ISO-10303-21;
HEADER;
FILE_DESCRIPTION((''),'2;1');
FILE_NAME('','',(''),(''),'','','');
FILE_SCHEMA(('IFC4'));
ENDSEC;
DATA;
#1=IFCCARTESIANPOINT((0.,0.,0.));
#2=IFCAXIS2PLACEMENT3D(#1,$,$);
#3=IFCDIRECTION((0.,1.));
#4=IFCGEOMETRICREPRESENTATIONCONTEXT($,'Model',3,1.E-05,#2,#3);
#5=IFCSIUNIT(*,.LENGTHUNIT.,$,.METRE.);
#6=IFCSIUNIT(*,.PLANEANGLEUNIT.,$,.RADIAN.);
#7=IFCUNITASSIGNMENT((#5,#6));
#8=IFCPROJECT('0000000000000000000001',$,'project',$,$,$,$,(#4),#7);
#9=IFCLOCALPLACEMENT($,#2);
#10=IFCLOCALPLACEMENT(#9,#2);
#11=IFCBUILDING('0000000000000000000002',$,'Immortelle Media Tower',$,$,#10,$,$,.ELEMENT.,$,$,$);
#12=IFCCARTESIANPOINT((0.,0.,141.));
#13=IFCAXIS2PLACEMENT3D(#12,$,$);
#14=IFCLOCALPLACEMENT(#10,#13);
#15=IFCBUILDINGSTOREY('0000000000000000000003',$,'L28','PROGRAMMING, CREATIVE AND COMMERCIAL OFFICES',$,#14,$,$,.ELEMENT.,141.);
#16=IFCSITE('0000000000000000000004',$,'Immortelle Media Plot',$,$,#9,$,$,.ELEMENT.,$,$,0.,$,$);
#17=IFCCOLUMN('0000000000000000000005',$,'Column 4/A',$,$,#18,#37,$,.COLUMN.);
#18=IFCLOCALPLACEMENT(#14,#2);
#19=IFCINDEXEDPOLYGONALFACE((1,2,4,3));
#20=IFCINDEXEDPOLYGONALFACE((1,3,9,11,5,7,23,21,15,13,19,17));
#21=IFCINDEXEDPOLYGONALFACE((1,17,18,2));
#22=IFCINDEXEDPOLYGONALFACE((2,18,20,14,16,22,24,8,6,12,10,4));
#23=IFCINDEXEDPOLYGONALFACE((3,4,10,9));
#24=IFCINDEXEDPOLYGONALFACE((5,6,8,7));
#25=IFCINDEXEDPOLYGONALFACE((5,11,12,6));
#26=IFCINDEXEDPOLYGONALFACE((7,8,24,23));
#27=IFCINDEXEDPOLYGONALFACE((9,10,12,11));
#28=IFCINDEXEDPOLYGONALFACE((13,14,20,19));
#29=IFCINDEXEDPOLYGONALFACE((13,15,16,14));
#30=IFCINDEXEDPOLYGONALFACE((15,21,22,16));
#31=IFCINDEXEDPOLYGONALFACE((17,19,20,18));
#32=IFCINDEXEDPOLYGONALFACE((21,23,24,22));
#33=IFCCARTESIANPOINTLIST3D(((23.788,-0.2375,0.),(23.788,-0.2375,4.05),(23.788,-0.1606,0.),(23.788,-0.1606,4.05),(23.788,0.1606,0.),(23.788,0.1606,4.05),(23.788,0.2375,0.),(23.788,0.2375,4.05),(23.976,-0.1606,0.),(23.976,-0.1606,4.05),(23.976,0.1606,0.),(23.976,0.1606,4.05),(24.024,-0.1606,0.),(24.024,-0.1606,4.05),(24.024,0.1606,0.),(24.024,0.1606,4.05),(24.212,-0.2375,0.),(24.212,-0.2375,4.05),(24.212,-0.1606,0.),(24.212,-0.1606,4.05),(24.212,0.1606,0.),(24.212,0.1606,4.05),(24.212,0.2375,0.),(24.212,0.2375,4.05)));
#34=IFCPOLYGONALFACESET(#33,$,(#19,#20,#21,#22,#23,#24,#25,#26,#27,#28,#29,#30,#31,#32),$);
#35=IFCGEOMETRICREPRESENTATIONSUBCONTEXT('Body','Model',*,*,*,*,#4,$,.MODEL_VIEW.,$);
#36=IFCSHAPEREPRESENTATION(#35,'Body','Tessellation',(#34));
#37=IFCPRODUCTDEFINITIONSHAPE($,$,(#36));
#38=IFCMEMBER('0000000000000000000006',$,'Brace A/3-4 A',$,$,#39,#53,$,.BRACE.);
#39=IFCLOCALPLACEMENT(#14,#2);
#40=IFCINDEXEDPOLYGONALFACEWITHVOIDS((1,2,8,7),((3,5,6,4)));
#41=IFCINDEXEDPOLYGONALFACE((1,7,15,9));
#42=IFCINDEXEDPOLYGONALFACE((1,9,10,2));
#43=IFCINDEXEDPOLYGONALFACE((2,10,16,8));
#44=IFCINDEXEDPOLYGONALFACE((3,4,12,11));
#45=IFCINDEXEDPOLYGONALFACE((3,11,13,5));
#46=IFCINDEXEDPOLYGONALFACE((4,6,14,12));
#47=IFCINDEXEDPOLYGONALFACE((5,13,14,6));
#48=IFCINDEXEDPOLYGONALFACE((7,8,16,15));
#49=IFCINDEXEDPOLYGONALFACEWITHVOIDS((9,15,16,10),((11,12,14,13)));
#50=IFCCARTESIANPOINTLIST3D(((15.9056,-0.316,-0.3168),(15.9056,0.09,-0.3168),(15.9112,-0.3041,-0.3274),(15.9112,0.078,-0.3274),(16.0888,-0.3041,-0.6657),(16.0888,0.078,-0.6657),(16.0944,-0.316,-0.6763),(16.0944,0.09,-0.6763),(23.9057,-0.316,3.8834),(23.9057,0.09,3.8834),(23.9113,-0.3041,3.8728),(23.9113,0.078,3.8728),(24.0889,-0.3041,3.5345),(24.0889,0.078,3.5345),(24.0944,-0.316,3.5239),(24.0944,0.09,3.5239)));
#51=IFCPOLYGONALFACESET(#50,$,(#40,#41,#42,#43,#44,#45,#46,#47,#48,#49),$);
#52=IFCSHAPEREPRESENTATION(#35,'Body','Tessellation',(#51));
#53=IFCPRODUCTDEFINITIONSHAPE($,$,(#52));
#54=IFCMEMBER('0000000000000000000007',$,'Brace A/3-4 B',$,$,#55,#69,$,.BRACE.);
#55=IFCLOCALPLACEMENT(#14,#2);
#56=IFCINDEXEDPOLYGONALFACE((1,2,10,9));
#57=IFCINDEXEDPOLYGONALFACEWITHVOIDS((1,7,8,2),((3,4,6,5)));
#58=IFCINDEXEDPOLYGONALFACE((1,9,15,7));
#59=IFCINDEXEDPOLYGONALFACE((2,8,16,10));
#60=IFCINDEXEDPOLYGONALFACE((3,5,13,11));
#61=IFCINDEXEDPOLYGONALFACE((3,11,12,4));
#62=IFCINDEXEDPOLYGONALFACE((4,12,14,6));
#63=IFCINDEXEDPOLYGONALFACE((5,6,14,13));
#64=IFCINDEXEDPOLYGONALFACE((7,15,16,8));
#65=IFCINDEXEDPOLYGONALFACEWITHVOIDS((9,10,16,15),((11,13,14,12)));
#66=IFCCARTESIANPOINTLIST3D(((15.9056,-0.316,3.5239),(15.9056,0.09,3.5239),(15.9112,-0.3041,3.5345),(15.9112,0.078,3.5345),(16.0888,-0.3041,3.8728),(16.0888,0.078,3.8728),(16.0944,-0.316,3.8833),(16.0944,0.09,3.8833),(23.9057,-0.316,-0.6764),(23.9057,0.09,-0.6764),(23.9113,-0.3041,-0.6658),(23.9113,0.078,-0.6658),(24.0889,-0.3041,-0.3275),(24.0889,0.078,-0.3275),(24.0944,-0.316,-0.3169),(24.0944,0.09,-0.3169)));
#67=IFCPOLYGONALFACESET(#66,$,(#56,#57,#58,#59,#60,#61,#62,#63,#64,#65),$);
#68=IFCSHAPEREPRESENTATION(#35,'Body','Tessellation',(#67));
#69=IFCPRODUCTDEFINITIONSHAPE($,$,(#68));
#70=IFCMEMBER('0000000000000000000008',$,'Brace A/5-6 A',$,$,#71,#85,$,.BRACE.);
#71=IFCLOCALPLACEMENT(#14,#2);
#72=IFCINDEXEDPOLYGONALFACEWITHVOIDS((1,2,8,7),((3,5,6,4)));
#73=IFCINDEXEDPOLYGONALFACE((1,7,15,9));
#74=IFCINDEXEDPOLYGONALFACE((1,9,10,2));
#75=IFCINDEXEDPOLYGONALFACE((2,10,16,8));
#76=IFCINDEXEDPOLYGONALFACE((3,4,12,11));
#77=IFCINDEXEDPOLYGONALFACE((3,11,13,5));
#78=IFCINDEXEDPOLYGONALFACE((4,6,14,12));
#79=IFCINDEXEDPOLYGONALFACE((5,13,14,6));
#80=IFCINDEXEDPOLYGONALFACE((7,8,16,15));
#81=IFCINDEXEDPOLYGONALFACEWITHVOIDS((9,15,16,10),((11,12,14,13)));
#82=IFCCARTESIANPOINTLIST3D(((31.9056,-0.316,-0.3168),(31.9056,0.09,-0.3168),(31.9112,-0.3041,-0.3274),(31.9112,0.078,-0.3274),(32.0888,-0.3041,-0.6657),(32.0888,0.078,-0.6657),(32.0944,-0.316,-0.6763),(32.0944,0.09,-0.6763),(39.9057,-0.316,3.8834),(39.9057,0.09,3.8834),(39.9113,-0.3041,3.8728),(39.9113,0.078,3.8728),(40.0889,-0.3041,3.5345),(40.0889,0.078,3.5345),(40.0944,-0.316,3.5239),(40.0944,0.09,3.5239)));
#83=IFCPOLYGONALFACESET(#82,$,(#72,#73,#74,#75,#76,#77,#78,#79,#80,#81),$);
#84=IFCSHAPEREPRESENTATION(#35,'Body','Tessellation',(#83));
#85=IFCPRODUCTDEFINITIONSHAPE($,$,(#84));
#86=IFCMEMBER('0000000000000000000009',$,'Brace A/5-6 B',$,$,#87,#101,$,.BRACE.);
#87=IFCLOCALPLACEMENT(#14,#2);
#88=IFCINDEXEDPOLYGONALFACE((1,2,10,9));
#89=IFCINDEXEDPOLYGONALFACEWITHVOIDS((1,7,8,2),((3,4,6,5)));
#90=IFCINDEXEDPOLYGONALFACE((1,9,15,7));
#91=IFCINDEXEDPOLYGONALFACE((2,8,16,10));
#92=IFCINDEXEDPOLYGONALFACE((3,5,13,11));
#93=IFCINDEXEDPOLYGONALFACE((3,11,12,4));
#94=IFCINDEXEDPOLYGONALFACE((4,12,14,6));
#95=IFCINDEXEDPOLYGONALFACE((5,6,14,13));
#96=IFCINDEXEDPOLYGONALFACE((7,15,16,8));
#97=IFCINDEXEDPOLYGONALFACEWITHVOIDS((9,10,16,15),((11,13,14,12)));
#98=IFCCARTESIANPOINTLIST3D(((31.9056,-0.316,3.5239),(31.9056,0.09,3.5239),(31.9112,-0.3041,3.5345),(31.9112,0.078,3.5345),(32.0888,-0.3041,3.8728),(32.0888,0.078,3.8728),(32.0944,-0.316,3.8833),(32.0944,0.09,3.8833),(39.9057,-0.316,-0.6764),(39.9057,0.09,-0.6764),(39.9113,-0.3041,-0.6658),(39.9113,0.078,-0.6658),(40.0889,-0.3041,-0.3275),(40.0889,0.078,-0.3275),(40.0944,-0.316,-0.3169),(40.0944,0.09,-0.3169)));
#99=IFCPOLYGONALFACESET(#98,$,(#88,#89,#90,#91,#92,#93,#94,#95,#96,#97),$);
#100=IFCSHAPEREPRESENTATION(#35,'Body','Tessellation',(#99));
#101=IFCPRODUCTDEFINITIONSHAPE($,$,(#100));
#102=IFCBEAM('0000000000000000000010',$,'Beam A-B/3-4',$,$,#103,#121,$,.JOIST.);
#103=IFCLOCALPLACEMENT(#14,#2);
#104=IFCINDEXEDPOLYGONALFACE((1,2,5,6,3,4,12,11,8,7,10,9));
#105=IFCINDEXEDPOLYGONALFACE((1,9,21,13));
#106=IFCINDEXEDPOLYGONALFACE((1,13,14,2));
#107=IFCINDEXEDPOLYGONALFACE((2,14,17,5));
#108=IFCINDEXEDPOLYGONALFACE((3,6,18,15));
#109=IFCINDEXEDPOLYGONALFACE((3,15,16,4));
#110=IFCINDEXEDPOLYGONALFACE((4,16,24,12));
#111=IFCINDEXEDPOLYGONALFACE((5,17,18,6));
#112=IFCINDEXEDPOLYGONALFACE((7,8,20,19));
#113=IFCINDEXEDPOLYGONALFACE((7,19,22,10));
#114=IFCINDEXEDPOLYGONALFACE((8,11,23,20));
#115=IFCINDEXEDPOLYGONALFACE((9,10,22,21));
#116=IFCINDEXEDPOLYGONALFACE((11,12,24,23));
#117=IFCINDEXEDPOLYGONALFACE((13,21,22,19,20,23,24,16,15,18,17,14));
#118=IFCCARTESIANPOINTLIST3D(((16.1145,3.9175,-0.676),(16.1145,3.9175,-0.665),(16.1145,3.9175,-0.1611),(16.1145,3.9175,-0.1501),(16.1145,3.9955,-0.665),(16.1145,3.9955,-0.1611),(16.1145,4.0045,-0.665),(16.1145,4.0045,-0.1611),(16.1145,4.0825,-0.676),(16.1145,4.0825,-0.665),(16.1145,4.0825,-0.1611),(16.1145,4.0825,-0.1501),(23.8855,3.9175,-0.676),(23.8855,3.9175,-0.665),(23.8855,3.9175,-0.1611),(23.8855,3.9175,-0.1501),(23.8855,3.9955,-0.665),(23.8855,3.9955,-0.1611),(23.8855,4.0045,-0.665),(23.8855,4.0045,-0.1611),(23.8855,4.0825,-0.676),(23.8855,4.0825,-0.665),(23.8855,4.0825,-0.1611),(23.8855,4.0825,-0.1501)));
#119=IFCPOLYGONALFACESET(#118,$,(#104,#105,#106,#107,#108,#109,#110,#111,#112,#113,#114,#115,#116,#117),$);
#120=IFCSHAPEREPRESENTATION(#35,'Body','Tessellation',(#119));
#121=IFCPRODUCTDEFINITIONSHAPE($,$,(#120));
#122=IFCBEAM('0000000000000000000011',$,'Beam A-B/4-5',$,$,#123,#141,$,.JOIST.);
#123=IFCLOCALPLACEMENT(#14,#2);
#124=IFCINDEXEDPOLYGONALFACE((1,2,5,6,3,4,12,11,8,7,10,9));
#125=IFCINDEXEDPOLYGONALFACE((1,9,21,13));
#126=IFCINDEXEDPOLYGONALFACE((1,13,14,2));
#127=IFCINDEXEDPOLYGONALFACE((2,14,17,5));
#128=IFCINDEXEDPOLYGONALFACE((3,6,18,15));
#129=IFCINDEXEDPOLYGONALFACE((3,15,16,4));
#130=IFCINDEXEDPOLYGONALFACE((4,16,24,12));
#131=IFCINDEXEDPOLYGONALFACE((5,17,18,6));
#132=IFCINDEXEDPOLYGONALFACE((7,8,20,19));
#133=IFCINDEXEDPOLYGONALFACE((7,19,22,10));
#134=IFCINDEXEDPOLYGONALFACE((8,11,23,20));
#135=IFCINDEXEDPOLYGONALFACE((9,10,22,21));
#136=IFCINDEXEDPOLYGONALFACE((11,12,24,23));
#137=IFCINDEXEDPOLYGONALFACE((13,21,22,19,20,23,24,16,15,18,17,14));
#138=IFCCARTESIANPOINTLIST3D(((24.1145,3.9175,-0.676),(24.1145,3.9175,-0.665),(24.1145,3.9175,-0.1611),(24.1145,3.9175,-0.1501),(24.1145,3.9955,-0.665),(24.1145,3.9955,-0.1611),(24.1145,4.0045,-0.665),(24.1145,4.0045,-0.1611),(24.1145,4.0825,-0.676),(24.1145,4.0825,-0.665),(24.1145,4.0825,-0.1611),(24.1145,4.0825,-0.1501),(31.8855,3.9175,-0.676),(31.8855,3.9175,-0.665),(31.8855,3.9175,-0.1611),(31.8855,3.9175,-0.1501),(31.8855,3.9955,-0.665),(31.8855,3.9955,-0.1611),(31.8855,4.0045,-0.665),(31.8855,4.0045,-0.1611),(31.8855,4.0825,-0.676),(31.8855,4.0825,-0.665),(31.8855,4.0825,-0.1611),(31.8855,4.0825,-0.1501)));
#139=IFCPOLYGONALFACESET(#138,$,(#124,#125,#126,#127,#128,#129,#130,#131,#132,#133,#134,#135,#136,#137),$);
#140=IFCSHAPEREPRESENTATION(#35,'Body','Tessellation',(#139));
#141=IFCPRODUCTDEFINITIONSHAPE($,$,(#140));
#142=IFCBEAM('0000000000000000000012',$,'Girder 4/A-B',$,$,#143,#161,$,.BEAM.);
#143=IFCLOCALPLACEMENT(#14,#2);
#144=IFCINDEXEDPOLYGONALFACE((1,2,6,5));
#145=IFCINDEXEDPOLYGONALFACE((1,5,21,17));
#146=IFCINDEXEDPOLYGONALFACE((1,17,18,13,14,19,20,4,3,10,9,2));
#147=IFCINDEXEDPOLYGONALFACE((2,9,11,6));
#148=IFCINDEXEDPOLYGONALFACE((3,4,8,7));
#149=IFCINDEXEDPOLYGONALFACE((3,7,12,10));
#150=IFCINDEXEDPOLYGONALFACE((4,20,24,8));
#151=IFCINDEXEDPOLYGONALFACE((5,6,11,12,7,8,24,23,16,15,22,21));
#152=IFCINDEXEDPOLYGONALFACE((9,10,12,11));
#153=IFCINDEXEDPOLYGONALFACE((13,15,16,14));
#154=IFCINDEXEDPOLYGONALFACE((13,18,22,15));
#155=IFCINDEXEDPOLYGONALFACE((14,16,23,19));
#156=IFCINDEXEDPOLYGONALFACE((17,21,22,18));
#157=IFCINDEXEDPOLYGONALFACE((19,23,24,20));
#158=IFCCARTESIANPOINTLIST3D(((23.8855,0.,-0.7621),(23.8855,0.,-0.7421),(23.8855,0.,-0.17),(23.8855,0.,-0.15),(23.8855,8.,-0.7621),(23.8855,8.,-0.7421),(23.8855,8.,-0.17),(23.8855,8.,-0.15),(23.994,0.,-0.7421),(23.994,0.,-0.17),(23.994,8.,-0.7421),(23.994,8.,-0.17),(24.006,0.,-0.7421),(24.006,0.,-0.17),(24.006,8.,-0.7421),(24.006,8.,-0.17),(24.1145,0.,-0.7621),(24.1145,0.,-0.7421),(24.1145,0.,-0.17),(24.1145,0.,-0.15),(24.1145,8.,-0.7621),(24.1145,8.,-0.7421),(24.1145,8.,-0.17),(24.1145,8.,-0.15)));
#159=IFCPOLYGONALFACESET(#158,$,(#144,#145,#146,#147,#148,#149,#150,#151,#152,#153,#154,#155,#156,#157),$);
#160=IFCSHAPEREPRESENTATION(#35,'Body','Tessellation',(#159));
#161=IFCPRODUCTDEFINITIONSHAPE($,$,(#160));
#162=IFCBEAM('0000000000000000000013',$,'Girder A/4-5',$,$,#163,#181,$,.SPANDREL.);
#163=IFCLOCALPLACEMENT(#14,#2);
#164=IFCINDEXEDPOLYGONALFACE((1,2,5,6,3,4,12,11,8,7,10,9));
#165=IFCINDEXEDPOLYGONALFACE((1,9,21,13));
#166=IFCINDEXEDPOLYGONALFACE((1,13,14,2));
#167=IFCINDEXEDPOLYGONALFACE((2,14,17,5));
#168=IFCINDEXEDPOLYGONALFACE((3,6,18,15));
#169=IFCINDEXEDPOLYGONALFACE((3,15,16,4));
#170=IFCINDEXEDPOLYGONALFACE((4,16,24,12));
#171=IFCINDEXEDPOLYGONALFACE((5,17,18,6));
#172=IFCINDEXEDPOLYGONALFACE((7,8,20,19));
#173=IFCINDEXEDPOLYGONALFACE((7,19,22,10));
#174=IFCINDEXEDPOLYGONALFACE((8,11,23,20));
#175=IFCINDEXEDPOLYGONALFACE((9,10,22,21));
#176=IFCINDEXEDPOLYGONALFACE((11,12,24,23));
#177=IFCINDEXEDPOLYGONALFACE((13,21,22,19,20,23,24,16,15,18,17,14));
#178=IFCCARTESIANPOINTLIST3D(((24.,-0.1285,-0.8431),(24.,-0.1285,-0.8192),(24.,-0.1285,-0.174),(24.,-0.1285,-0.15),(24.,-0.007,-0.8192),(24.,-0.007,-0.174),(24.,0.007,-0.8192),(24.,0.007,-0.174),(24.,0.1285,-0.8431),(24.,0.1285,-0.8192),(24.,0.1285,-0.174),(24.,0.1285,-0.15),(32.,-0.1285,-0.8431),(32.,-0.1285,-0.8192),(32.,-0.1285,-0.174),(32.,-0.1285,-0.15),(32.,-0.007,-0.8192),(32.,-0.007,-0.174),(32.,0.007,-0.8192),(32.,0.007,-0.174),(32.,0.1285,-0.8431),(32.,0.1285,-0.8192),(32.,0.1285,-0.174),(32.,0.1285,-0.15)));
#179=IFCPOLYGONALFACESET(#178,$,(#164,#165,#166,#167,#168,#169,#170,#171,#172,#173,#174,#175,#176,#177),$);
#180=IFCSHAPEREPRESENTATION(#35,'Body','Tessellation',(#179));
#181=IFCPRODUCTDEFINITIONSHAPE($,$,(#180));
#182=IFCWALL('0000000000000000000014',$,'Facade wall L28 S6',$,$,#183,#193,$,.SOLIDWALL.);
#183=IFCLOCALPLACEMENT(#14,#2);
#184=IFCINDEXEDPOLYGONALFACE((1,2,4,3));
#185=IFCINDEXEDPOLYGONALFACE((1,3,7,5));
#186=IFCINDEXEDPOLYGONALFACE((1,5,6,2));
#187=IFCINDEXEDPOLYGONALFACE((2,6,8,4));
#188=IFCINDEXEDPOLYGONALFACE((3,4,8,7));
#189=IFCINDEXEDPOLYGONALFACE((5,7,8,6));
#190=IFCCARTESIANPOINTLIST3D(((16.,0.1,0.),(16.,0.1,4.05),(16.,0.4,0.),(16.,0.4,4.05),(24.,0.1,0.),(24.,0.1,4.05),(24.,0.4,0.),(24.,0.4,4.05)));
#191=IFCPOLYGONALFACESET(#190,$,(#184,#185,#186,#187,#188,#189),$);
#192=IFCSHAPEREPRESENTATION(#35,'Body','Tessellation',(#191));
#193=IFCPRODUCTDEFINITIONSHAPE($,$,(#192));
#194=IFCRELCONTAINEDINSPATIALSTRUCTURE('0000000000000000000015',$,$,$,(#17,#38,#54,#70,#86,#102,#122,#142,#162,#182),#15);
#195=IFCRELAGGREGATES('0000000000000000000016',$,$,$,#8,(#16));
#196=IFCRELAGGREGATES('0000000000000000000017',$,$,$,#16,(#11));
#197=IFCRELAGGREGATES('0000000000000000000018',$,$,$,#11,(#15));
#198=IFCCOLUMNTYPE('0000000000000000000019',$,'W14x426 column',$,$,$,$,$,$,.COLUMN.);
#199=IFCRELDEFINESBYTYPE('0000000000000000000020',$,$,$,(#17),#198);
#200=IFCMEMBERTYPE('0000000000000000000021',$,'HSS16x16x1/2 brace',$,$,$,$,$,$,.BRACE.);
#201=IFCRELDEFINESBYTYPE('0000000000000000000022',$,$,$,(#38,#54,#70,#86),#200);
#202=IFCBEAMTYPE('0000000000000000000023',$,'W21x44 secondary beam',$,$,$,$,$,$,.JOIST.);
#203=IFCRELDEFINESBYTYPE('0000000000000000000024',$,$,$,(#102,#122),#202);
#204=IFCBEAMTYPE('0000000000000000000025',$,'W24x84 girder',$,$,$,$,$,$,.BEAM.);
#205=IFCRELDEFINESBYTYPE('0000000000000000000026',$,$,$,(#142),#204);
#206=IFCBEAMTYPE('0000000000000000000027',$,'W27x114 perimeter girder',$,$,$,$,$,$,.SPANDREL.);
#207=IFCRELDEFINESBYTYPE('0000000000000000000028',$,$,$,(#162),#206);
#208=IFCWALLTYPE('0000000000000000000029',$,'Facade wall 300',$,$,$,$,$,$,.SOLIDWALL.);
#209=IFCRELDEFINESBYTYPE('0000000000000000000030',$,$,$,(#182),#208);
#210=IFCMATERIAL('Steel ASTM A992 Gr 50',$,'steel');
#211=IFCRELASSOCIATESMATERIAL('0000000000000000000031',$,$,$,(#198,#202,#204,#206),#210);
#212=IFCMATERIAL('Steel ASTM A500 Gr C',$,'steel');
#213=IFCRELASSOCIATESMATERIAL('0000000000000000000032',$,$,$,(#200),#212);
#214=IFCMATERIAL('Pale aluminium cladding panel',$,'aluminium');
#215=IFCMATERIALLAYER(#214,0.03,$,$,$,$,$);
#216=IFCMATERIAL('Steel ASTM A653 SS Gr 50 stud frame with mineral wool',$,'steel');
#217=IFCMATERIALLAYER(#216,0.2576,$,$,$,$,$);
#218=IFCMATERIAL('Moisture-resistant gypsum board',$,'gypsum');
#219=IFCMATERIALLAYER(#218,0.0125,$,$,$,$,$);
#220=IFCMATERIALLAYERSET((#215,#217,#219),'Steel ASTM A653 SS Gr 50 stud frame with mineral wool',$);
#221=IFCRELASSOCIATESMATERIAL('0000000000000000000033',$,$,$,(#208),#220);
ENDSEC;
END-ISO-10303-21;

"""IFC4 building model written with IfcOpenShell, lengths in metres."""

from ifc_helpers import new_model, si_unit, direction, frame, frame_2d, origin, origin_2d, place, context, subcontext, project, spatial, rectangle, hollow_rectangle, i_section, extrude, material, layer, layer_set, material_profile, profile_set, type_object, element, save


model = new_model("IFC4")

# Units and contexts
model_context = context("Model", 3, precision=1e-05, world=origin(), true_north=direction((0.0, 1.0)))
body_context = subcontext(model_context, "Body", "Model", "MODEL_VIEW")
ifc_project = project(units=[si_unit("LENGTHUNIT", "METRE"), si_unit("PLANEANGLEUNIT", "RADIAN")], contexts=[model_context])

# Site, building, storey
site_placement = place(None, origin())
site = spatial("IfcSite", under=ifc_project, at=site_placement, Name="Immortelle Media Plot", CompositionType="ELEMENT", RefElevation=0.0)
building_placement = place(site_placement, origin())
building = spatial("IfcBuilding", under=site, at=building_placement, Name="Immortelle Media Tower", CompositionType="ELEMENT")
storey_placement = place(building_placement, frame((0.0, 0.0, 141.0)))
storey = spatial("IfcBuildingStorey", under=building, at=storey_placement, Name="L28", Description="PROGRAMMING, CREATIVE AND COMMERCIAL OFFICES", CompositionType="ELEMENT", Elevation=141.0)

# Column
ifc_material_1 = material(Name="Steel ASTM A992 Gr 50", Category="steel")
ifc_material_profile_1 = material_profile(ifc_material_1, i_section(OverallWidth=0.4241, OverallDepth=0.4751, WebThickness=0.0481, FlangeThickness=0.0769, at=origin_2d()), Name="W14x426")
ifc_profile_set_1 = profile_set([ifc_material_profile_1], Name="Steel ASTM A992 Gr 50")
column_type = type_object("IfcColumnType", Name="W14x426 column", PredefinedType="COLUMN", material=ifc_profile_set_1)
column_placement = place(storey_placement, frame((24.0, 0.0, 0.0), z_axis=(0.0, 0.0, 1.0), x_axis=(1.0, 0.0, 0.0)))
element("IfcColumn", 1, at=column_placement, inside=storey, type_object=column_type, Name="Column 4/A", PredefinedType="COLUMN", context=body_context, shape_type="SweptSolid", body=[
    extrude(i_section(OverallWidth=0.4241, OverallDepth=0.4751, WebThickness=0.0481, FlangeThickness=0.0769, at=origin_2d()), origin(), (0.0, 0.0, 1.0), 4.05),
])

# Members
ifc_material_2 = material(Name="Steel ASTM A500 Gr C", Category="steel")
ifc_material_profile_2 = material_profile(ifc_material_2, hollow_rectangle(XDim=0.406, YDim=0.406, WallThickness=0.012, at=origin_2d()), Name="HSS16x16x1/2 brace")
ifc_profile_set_2 = profile_set([ifc_material_profile_2], Name="Steel ASTM A500 Gr C")
member_type = type_object("IfcMemberType", Name="HSS16x16x1/2 brace", PredefinedType="BRACE", material=ifc_profile_set_2)
for number, where, z_axis, x_axis, name in (
    (2, (16.0, -0.113, -0.4966), (0.885389, 0.0, 0.464851), (0.0, 1.0, 0.0), "Brace A/3-4 A"),
    (3, (16.0, -0.113, 3.7036), (0.885389, 0.0, -0.464851), (0.0, 1.0, 0.0), "Brace A/3-4 B"),
    (4, (32.0, -0.113, -0.4966), (0.885389, 0.0, 0.464851), (0.0, 1.0, 0.0), "Brace A/5-6 A"),
    (5, (32.0, -0.113, 3.7036), (0.885389, 0.0, -0.464851), (0.0, 1.0, 0.0), "Brace A/5-6 B"),
):
    element("IfcMember", number, at=place(storey_placement, frame(where, z_axis=z_axis, x_axis=x_axis)), inside=storey, type_object=member_type, Name=name, PredefinedType="BRACE", context=body_context, shape_type="SweptSolid", body=[
        extrude(hollow_rectangle(XDim=0.406, YDim=0.406, WallThickness=0.012, at=origin_2d()), origin(), (0.0, 0.0, 1.0), 9.0356),
    ])

# Beams
ifc_material_profile_3 = material_profile(ifc_material_1, i_section(OverallWidth=0.165, OverallDepth=0.5259, WebThickness=0.009, FlangeThickness=0.011, at=origin_2d()), Name="W21x44")
ifc_profile_set_3 = profile_set([ifc_material_profile_3], Name="Steel ASTM A992 Gr 50")
beam_type_1 = type_object("IfcBeamType", Name="W21x44 secondary beam", PredefinedType="JOIST", material=ifc_profile_set_3)
for number, where, z_axis, x_axis, name in (
    (6, (16.1145, 4.0, -0.4131), (1.0, 0.0, 0.0), (0.0, 1.0, 0.0), "Beam A-B/3-4"),
    (7, (24.1145, 4.0, -0.4131), (1.0, 0.0, 0.0), (0.0, 1.0, 0.0), "Beam A-B/4-5"),
):
    element("IfcBeam", number, at=place(storey_placement, frame(where, z_axis=z_axis, x_axis=x_axis)), inside=storey, type_object=beam_type_1, Name=name, PredefinedType="JOIST", context=body_context, shape_type="SweptSolid", body=[
        extrude(i_section(OverallWidth=0.165, OverallDepth=0.5259, WebThickness=0.009, FlangeThickness=0.011, at=origin_2d()), origin(), (0.0, 0.0, 1.0), 7.771),
    ])
ifc_material_profile_4 = material_profile(ifc_material_1, i_section(OverallWidth=0.229, OverallDepth=0.6121, WebThickness=0.012, FlangeThickness=0.02, at=origin_2d()), Name="W24x84")
ifc_profile_set_4 = profile_set([ifc_material_profile_4], Name="Steel ASTM A992 Gr 50")
beam_type_2 = type_object("IfcBeamType", Name="W24x84 girder", PredefinedType="BEAM", material=ifc_profile_set_4)
beam_1_placement = place(storey_placement, frame((24.0, 0.0, -0.4561), z_axis=(0.0, 1.0, 0.0), x_axis=(-1.0, 0.0, 0.0)))
element("IfcBeam", 8, at=beam_1_placement, inside=storey, type_object=beam_type_2, Name="Girder 4/A-B", PredefinedType="BEAM", context=body_context, shape_type="SweptSolid", body=[
    extrude(i_section(OverallWidth=0.229, OverallDepth=0.6121, WebThickness=0.012, FlangeThickness=0.02, at=origin_2d()), origin(), (0.0, 0.0, 1.0), 8.0),
])
ifc_material_profile_5 = material_profile(ifc_material_1, i_section(OverallWidth=0.2571, OverallDepth=0.6931, WebThickness=0.0139, FlangeThickness=0.0239, at=origin_2d()), Name="W27x114")
ifc_profile_set_5 = profile_set([ifc_material_profile_5], Name="Steel ASTM A992 Gr 50")
beam_type_3 = type_object("IfcBeamType", Name="W27x114 perimeter girder", PredefinedType="SPANDREL", material=ifc_profile_set_5)
beam_2_placement = place(storey_placement, frame((24.0, 0.0, -0.4966), z_axis=(1.0, 0.0, 0.0), x_axis=(0.0, 1.0, 0.0)))
element("IfcBeam", 9, at=beam_2_placement, inside=storey, type_object=beam_type_3, Name="Girder A/4-5", PredefinedType="SPANDREL", context=body_context, shape_type="SweptSolid", body=[
    extrude(i_section(OverallWidth=0.2571, OverallDepth=0.6931, WebThickness=0.0139, FlangeThickness=0.0239, at=origin_2d()), origin(), (0.0, 0.0, 1.0), 8.0),
])

# Wall
ifc_material_3 = material(Name="Pale aluminium cladding panel", Category="aluminium")
ifc_layer_1 = layer(ifc_material_3, 0.03)
ifc_material_4 = material(Name="Steel ASTM A653 SS Gr 50 stud frame with mineral wool", Category="steel")
ifc_layer_2 = layer(ifc_material_4, 0.2576)
ifc_material_5 = material(Name="Moisture-resistant gypsum board", Category="gypsum")
ifc_layer_3 = layer(ifc_material_5, 0.0125)
ifc_layer_set_1 = layer_set([ifc_layer_1, ifc_layer_2, ifc_layer_3], Name="Steel ASTM A653 SS Gr 50 stud frame with mineral wool")
wall_type_1 = type_object("IfcWallType", Name="Facade wall 300", PredefinedType="SOLIDWALL", material=ifc_layer_set_1)
wall_1_placement = place(storey_placement, frame((16.0, 0.25, 0.0), z_axis=(0.0, 0.0, 1.0), x_axis=(1.0, 0.0, 0.0)))
element("IfcWall", 10, at=wall_1_placement, inside=storey, type_object=wall_type_1, Name="Facade wall L28 S6", PredefinedType="SOLIDWALL", context=body_context, shape_type="SweptSolid", body=[
    extrude(rectangle(XDim=8.0, YDim=0.3, at=frame_2d((4.0, 0.0))), origin(), (0.0, 0.0, 1.0), 4.05),
])

save(model, "model.ifc")
